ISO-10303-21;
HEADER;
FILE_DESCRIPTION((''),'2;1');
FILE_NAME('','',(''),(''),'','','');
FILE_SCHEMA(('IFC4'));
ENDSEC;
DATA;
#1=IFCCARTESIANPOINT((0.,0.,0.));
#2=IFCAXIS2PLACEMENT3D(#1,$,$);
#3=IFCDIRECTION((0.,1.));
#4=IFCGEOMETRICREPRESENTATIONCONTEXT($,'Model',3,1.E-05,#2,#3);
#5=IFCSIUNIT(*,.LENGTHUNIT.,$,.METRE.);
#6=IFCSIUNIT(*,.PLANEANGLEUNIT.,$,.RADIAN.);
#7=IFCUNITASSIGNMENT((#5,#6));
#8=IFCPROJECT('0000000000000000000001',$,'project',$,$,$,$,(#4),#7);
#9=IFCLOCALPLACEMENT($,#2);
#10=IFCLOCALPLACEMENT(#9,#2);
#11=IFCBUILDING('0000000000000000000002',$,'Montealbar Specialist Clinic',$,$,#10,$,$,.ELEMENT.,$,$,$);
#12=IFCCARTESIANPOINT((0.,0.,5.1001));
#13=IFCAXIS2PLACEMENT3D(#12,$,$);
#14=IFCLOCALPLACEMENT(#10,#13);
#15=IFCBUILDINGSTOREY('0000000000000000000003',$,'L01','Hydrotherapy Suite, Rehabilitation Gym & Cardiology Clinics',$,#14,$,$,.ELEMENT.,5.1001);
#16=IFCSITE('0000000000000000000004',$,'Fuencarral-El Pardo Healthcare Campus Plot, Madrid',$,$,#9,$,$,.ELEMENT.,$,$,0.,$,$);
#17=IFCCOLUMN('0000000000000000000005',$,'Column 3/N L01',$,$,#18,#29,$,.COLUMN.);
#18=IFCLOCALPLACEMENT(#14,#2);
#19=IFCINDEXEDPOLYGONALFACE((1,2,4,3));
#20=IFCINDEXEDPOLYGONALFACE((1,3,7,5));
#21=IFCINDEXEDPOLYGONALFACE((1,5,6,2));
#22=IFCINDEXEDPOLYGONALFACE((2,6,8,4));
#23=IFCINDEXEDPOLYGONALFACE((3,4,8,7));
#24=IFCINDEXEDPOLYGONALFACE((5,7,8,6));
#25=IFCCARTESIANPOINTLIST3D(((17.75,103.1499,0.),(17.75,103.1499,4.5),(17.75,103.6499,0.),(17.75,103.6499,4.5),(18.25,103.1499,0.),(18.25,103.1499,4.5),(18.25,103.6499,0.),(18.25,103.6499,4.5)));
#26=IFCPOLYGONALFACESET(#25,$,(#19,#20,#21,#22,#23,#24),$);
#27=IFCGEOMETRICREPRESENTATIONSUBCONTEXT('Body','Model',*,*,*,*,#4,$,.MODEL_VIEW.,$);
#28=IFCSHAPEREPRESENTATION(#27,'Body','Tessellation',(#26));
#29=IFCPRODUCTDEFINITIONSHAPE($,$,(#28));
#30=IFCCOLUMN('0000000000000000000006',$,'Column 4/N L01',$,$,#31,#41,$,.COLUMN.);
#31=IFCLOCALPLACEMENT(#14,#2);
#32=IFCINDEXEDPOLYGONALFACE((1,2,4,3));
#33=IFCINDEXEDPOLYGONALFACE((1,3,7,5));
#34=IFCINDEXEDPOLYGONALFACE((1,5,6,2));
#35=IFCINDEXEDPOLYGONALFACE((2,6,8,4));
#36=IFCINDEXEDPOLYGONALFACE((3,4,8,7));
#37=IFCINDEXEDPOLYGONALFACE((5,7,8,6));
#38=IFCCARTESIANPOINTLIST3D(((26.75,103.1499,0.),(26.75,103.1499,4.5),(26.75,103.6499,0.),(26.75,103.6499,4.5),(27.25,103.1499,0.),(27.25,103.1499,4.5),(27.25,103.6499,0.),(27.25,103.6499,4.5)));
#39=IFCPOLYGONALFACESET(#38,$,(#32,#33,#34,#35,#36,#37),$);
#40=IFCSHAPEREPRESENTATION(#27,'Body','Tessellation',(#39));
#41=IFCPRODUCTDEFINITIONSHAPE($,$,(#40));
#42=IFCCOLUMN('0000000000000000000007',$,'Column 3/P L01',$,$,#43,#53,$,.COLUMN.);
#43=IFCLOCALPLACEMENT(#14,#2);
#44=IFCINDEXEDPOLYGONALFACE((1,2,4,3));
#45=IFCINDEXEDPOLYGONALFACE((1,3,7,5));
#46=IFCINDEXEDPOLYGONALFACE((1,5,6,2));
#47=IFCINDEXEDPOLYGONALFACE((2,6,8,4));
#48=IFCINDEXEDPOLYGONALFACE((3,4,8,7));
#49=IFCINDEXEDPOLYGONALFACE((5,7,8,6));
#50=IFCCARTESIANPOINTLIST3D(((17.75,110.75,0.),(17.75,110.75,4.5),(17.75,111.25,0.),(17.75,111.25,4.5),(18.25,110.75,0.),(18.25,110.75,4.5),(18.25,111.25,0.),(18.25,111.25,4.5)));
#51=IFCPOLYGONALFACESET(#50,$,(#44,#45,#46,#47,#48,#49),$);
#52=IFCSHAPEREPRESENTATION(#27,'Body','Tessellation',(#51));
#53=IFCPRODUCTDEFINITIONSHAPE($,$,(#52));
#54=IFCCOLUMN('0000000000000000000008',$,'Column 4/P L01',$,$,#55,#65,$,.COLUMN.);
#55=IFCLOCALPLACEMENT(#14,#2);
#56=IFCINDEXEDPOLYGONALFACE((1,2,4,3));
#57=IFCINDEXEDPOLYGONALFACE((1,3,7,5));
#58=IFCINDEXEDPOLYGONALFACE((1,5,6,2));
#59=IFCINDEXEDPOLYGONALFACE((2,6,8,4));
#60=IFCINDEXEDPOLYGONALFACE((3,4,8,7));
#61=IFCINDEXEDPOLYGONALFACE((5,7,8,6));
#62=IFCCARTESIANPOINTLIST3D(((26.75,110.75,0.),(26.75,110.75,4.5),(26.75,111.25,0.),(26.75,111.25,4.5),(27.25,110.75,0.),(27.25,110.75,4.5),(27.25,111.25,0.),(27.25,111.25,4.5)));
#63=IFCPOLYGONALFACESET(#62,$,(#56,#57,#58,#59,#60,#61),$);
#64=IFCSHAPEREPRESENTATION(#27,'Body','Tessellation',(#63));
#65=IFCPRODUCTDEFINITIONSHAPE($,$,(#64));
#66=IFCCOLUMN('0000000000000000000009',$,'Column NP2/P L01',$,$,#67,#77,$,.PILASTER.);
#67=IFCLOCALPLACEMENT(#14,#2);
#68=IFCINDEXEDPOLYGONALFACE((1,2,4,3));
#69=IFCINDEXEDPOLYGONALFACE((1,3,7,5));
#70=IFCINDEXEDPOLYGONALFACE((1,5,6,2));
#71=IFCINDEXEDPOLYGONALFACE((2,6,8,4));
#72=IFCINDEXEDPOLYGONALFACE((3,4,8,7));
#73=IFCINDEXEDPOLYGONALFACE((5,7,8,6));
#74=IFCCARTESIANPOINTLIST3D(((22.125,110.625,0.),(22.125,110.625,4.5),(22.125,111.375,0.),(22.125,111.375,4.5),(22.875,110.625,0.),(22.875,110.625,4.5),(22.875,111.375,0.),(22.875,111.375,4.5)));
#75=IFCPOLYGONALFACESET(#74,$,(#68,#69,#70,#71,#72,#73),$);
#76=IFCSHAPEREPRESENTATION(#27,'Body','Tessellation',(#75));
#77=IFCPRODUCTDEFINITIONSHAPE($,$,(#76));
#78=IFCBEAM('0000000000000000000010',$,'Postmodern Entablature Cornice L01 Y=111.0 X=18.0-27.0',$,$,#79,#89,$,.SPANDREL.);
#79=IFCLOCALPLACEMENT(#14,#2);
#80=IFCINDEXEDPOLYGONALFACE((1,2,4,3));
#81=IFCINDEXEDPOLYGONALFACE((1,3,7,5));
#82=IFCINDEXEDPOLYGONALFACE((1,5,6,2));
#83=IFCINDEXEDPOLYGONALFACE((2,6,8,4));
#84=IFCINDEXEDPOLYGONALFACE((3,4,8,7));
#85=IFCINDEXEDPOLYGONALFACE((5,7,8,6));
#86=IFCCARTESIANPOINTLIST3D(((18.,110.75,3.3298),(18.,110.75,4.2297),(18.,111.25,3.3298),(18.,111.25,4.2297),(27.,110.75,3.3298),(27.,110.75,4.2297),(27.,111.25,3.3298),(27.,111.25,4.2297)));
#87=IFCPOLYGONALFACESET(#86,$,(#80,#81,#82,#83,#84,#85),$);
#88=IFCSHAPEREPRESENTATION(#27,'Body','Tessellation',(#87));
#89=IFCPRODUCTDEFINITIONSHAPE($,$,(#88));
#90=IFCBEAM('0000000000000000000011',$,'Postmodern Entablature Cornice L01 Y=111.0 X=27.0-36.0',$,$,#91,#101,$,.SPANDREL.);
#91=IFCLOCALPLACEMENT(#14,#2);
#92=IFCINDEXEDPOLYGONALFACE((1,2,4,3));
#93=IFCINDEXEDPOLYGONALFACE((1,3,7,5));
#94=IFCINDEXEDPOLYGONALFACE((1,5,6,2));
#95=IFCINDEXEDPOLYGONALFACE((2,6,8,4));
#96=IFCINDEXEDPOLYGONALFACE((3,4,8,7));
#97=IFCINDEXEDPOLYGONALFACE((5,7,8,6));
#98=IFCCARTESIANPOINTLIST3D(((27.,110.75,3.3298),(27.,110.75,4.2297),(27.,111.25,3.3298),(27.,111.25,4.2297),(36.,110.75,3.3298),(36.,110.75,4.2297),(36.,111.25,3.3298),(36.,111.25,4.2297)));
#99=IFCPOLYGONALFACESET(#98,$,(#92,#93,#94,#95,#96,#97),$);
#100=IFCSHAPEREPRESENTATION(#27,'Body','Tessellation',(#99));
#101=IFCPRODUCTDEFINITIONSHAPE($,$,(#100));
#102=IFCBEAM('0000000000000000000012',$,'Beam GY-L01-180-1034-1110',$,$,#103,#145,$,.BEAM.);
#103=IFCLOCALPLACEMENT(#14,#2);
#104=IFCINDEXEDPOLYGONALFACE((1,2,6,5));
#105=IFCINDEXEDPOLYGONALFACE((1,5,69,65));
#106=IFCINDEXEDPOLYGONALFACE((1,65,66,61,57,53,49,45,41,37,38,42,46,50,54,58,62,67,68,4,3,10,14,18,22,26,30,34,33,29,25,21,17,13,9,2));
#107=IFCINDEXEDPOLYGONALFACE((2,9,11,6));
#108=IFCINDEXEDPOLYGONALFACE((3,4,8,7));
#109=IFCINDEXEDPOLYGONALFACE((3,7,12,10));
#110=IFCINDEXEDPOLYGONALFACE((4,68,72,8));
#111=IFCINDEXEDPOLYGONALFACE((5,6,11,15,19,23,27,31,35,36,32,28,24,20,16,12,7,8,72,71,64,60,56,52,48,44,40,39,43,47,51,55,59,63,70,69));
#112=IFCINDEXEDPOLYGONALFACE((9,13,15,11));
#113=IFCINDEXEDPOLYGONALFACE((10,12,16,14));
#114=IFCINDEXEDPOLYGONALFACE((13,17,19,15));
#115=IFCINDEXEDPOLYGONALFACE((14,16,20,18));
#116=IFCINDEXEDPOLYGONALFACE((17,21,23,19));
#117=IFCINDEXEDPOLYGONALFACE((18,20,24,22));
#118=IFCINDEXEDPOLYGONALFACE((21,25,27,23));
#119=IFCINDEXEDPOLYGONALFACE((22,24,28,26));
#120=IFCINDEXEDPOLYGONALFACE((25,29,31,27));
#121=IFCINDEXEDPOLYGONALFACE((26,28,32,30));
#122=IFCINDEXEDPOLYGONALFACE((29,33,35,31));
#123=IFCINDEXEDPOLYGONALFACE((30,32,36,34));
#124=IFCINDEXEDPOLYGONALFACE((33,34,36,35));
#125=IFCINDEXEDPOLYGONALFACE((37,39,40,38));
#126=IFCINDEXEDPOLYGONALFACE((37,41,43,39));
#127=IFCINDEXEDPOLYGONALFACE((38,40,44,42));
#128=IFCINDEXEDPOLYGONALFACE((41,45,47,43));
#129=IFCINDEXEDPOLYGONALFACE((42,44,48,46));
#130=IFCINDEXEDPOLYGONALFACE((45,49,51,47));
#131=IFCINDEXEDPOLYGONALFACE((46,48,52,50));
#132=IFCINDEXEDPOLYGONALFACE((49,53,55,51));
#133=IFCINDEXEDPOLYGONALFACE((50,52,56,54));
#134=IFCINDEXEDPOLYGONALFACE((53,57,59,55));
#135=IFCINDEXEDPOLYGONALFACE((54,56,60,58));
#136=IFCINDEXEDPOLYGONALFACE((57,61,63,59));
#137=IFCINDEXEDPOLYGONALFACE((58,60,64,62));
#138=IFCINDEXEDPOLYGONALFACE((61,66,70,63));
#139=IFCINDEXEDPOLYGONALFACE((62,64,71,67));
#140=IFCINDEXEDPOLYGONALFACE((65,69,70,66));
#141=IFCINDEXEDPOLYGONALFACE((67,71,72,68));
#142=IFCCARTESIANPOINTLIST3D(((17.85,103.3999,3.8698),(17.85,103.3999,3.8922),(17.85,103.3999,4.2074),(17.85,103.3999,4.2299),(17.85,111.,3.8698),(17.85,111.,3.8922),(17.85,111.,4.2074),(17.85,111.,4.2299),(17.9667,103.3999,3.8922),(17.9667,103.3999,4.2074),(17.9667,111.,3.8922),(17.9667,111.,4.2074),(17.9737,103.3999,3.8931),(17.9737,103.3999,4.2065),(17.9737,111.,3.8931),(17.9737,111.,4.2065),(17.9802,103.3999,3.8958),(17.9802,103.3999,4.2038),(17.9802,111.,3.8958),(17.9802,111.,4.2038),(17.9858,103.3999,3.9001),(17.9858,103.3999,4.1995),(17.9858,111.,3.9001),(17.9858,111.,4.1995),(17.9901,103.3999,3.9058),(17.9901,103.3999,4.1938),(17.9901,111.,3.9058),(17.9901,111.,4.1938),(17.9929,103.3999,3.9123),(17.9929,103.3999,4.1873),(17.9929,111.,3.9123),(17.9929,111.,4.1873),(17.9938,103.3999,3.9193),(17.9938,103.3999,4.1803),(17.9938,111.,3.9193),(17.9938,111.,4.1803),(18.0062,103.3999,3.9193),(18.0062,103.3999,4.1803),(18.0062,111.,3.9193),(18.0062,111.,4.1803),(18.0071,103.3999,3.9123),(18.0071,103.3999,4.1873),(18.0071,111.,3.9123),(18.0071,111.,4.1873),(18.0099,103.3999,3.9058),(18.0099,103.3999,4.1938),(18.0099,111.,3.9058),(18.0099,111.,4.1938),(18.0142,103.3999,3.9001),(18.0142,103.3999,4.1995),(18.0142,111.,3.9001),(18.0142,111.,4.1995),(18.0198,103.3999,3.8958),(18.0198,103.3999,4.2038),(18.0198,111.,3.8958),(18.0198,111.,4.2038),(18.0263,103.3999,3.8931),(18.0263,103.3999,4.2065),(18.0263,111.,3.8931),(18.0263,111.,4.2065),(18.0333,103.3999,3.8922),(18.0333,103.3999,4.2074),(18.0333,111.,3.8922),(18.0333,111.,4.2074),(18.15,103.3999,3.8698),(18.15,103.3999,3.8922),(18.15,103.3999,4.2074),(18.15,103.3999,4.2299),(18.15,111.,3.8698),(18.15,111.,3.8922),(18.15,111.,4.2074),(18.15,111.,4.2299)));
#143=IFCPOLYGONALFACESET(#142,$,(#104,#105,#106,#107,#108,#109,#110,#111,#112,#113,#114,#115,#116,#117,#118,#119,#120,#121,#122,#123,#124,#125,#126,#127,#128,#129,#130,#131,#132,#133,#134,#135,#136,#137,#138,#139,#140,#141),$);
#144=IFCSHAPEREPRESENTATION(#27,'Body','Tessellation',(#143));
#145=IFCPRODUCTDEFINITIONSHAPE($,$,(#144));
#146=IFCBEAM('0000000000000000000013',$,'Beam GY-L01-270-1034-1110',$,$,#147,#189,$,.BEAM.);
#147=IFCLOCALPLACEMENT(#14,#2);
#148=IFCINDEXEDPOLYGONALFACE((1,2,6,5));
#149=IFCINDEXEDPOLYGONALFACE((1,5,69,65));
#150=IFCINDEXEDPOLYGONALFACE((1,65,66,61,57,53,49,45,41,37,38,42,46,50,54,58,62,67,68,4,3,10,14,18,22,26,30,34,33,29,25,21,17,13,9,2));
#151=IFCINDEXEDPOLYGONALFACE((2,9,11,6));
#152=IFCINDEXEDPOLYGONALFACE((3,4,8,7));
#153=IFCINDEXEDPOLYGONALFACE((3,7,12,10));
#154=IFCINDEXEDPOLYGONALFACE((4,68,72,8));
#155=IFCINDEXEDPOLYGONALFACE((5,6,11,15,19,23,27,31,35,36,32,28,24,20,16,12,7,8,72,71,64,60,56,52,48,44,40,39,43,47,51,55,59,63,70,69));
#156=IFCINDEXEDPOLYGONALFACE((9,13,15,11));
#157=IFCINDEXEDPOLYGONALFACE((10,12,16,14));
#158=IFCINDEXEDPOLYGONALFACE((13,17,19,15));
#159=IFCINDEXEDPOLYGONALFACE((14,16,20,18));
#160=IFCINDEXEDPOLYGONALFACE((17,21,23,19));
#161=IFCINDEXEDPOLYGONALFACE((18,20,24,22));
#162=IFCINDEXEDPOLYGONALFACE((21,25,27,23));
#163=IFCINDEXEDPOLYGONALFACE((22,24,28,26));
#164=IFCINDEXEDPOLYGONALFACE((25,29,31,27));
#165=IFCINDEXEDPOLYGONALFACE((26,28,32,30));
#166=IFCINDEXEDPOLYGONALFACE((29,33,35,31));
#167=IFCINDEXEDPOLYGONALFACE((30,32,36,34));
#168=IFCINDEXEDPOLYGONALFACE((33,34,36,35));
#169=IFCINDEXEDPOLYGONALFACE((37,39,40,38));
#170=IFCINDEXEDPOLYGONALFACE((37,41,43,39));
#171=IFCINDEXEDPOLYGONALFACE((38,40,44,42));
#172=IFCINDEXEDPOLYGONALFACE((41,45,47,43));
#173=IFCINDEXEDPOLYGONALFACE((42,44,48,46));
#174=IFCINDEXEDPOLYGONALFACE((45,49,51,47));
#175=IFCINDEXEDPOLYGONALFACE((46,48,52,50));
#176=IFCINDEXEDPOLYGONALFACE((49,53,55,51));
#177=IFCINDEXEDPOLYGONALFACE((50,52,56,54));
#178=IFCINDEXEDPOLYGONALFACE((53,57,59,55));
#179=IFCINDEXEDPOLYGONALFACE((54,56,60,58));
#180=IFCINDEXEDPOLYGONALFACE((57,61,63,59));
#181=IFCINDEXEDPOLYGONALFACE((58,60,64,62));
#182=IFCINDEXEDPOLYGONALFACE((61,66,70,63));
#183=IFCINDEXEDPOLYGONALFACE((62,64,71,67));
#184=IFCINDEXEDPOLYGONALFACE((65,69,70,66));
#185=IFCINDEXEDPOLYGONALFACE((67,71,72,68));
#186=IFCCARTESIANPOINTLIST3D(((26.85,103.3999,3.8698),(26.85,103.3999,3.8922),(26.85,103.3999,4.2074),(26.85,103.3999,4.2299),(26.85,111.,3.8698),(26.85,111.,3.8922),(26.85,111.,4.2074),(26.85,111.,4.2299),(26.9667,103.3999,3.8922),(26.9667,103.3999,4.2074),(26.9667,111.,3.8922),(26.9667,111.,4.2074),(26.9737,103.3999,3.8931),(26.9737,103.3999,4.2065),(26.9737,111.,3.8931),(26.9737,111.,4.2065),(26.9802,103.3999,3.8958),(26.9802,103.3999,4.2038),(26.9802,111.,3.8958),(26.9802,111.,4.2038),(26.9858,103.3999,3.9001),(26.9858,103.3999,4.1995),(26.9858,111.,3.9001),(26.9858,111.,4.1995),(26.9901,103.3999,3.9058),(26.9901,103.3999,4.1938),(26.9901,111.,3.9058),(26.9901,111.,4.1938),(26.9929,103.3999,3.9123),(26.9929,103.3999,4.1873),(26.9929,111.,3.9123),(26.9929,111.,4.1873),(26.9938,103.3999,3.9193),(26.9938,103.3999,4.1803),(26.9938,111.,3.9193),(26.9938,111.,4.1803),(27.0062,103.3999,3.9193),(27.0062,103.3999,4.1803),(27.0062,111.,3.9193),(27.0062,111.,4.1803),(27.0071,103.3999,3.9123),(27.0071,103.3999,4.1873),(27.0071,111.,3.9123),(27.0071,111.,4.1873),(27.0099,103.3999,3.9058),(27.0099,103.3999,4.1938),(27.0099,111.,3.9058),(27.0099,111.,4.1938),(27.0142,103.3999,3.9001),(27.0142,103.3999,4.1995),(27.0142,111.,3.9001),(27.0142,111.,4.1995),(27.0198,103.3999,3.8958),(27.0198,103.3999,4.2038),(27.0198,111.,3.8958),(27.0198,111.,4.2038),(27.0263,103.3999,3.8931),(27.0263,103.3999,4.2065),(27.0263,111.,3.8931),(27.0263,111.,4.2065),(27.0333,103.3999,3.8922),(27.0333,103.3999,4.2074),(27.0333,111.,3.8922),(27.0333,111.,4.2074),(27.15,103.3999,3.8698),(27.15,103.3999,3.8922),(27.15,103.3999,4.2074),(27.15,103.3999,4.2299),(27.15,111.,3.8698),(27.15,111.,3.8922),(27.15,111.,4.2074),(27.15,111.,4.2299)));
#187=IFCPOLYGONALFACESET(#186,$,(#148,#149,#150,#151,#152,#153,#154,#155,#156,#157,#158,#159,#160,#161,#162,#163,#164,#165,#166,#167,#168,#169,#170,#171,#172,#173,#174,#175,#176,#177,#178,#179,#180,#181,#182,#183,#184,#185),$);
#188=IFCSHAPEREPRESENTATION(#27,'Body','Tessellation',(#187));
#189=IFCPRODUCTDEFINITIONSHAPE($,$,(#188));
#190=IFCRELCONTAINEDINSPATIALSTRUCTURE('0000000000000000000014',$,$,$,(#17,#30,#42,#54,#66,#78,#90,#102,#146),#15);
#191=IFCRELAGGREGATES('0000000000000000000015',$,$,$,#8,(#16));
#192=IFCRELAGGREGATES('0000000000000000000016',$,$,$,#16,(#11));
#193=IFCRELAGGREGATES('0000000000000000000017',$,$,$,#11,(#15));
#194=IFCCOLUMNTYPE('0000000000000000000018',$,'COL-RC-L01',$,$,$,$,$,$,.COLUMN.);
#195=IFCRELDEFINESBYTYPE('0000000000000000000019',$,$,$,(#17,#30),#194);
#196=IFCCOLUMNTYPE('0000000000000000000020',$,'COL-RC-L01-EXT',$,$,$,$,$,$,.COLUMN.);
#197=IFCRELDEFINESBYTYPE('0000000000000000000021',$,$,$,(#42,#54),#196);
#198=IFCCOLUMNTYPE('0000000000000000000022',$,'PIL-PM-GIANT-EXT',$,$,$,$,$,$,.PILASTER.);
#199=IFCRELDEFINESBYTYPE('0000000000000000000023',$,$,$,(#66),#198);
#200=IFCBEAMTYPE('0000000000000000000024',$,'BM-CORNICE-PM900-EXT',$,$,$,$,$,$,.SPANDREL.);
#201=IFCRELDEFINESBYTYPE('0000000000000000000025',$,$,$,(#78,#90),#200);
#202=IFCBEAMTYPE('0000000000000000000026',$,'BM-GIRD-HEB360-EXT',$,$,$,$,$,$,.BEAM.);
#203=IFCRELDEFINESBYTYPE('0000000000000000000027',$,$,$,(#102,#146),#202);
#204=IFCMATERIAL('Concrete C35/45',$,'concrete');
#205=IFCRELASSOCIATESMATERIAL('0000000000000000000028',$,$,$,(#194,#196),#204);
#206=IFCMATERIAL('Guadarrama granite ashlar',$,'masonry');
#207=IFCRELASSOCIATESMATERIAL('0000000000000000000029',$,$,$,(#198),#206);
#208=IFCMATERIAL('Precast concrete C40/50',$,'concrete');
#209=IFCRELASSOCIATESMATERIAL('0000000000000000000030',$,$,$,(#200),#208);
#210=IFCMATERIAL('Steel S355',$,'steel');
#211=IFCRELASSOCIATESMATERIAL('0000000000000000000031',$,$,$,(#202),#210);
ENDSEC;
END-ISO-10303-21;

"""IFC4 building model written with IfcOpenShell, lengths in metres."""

from ifc_helpers import new_model, si_unit, direction, frame, origin, origin_2d, place, context, subcontext, project, spatial, rectangle, i_section, extrude, material, material_profile, profile_set, type_object, element, save


model = new_model("IFC4")

# Units and contexts
model_context = context("Model", 3, precision=1e-05, world=origin(), true_north=direction((0.0, 1.0)))
body_context = subcontext(model_context, "Body", "Model", "MODEL_VIEW")
ifc_project = project(units=[si_unit("LENGTHUNIT", "METRE"), si_unit("PLANEANGLEUNIT", "RADIAN")], contexts=[model_context])

# Site, building, storey
site_placement = place(None, origin())
site = spatial("IfcSite", under=ifc_project, at=site_placement, Name="Fuencarral-El Pardo Healthcare Campus Plot, Madrid", CompositionType="ELEMENT", RefElevation=0.0)
building_placement = place(site_placement, origin())
building = spatial("IfcBuilding", under=site, at=building_placement, Name="Montealbar Specialist Clinic", CompositionType="ELEMENT")
storey_placement = place(building_placement, frame((0.0, 0.0, 5.1001)))
storey = spatial("IfcBuildingStorey", under=building, at=storey_placement, Name="L01", Description="Hydrotherapy Suite, Rehabilitation Gym & Cardiology Clinics", CompositionType="ELEMENT", Elevation=5.1001)

# Columns
ifc_material_1 = material(Name="Concrete C35/45", Category="concrete")
ifc_material_profile_1 = material_profile(ifc_material_1, rectangle(XDim=0.5, YDim=0.5, at=origin_2d()), Name="RC 500x500", Category="concrete")
ifc_profile_set_1 = profile_set([ifc_material_profile_1], Name="Concrete C35/45")
column_type_1 = type_object("IfcColumnType", Name="COL-RC-L01", PredefinedType="COLUMN", material=ifc_profile_set_1)
for number, where, z_axis, x_axis, name in (
    (1, (18.0, 103.3999, 0.0), (0.0, 0.0, 1.0), (1.0, 0.0, 0.0), "Column 3/N L01"),
    (2, (27.0, 103.3999, 0.0), (0.0, 0.0, 1.0), (1.0, 0.0, 0.0), "Column 4/N L01"),
):
    element("IfcColumn", number, at=place(storey_placement, frame(where, z_axis=z_axis, x_axis=x_axis)), inside=storey, type_object=column_type_1, Name=name, PredefinedType="COLUMN", context=body_context, shape_type="SweptSolid", body=[
        extrude(rectangle(XDim=0.5, YDim=0.5, at=origin_2d()), origin(), (0.0, 0.0, 1.0), 4.5),
    ])
ifc_material_profile_2 = material_profile(ifc_material_1, rectangle(XDim=0.5, YDim=0.5, at=origin_2d()), Name="RC 500x500", Category="concrete")
ifc_profile_set_2 = profile_set([ifc_material_profile_2], Name="Concrete C35/45")
column_type_2 = type_object("IfcColumnType", Name="COL-RC-L01-EXT", PredefinedType="COLUMN", material=ifc_profile_set_2)
for number, where, z_axis, x_axis, name in (
    (3, (18.0, 111.0, 0.0), (0.0, 0.0, 1.0), (1.0, 0.0, 0.0), "Column 3/P L01"),
    (4, (27.0, 111.0, 0.0), (0.0, 0.0, 1.0), (1.0, 0.0, 0.0), "Column 4/P L01"),
):
    element("IfcColumn", number, at=place(storey_placement, frame(where, z_axis=z_axis, x_axis=x_axis)), inside=storey, type_object=column_type_2, Name=name, PredefinedType="COLUMN", context=body_context, shape_type="SweptSolid", body=[
        extrude(rectangle(XDim=0.5, YDim=0.5, at=origin_2d()), origin(), (0.0, 0.0, 1.0), 4.5),
    ])
ifc_material_2 = material(Name="Guadarrama granite ashlar", Category="masonry")
ifc_material_profile_3 = material_profile(ifc_material_2, rectangle(XDim=0.75, YDim=0.75, at=origin_2d()), Name="GRANITE PILASTER 750x750", Category="masonry")
ifc_profile_set_3 = profile_set([ifc_material_profile_3], Name="Guadarrama granite ashlar")
column_type_3 = type_object("IfcColumnType", Name="PIL-PM-GIANT-EXT", PredefinedType="PILASTER", material=ifc_profile_set_3)
column_placement = place(storey_placement, frame((22.5, 111.0, 0.0), z_axis=(0.0, 0.0, 1.0), x_axis=(1.0, 0.0, 0.0)))
element("IfcColumn", 5, at=column_placement, inside=storey, type_object=column_type_3, Name="Column NP2/P L01", PredefinedType="PILASTER", context=body_context, shape_type="SweptSolid", body=[
    extrude(rectangle(XDim=0.75, YDim=0.75, at=origin_2d()), origin(), (0.0, 0.0, 1.0), 4.5),
])

# Beams
ifc_material_3 = material(Name="Precast concrete C40/50", Category="concrete")
ifc_material_profile_4 = material_profile(ifc_material_3, rectangle(XDim=0.5, YDim=0.8999, at=origin_2d()), Name="PRECAST CORNICE 500x900", Category="concrete")
ifc_profile_set_4 = profile_set([ifc_material_profile_4], Name="Precast concrete C40/50")
beam_type_1 = type_object("IfcBeamType", Name="BM-CORNICE-PM900-EXT", PredefinedType="SPANDREL", material=ifc_profile_set_4)
for number, where, z_axis, x_axis, name in (
    (6, (18.0, 111.0, 3.7798), (1.0, 0.0, 0.0), (0.0, 1.0, 0.0), "Postmodern Entablature Cornice L01 Y=111.0 X=18.0-27.0"),
    (7, (27.0, 111.0, 3.7798), (1.0, 0.0, 0.0), (0.0, 1.0, 0.0), "Postmodern Entablature Cornice L01 Y=111.0 X=27.0-36.0"),
):
    element("IfcBeam", number, at=place(storey_placement, frame(where, z_axis=z_axis, x_axis=x_axis)), inside=storey, type_object=beam_type_1, Name=name, PredefinedType="SPANDREL", context=body_context, shape_type="SweptSolid", body=[
        extrude(rectangle(XDim=0.5, YDim=0.8999, at=origin_2d()), origin(), (0.0, 0.0, 1.0), 9.0),
    ])
ifc_material_4 = material(Name="Steel S355", Category="steel")
ifc_material_profile_5 = material_profile(ifc_material_4, i_section(OverallWidth=0.3, OverallDepth=0.3601, WebThickness=0.0125, FlangeThickness=0.0225, FilletRadius=0.0271, at=origin_2d()), Name="HEB 360", Category="steel")
ifc_profile_set_5 = profile_set([ifc_material_profile_5], Name="Steel S355")
beam_type_2 = type_object("IfcBeamType", Name="BM-GIRD-HEB360-EXT", PredefinedType="BEAM", material=ifc_profile_set_5)
for number, where, z_axis, x_axis, name in (
    (8, (18.0, 103.3999, 4.0498), (0.0, 1.0, 0.0), (-1.0, 0.0, 0.0), "Beam GY-L01-180-1034-1110"),
    (9, (27.0, 103.3999, 4.0498), (0.0, 1.0, 0.0), (-1.0, 0.0, 0.0), "Beam GY-L01-270-1034-1110"),
):
    element("IfcBeam", number, at=place(storey_placement, frame(where, z_axis=z_axis, x_axis=x_axis)), inside=storey, type_object=beam_type_2, Name=name, PredefinedType="BEAM", context=body_context, shape_type="SweptSolid", body=[
        extrude(i_section(OverallWidth=0.3, OverallDepth=0.3601, WebThickness=0.0125, FlangeThickness=0.0225, FilletRadius=0.0271, at=origin_2d()), origin(), (0.0, 0.0, 1.0), 7.6001),
    ])

save(model, "model.ifc")
